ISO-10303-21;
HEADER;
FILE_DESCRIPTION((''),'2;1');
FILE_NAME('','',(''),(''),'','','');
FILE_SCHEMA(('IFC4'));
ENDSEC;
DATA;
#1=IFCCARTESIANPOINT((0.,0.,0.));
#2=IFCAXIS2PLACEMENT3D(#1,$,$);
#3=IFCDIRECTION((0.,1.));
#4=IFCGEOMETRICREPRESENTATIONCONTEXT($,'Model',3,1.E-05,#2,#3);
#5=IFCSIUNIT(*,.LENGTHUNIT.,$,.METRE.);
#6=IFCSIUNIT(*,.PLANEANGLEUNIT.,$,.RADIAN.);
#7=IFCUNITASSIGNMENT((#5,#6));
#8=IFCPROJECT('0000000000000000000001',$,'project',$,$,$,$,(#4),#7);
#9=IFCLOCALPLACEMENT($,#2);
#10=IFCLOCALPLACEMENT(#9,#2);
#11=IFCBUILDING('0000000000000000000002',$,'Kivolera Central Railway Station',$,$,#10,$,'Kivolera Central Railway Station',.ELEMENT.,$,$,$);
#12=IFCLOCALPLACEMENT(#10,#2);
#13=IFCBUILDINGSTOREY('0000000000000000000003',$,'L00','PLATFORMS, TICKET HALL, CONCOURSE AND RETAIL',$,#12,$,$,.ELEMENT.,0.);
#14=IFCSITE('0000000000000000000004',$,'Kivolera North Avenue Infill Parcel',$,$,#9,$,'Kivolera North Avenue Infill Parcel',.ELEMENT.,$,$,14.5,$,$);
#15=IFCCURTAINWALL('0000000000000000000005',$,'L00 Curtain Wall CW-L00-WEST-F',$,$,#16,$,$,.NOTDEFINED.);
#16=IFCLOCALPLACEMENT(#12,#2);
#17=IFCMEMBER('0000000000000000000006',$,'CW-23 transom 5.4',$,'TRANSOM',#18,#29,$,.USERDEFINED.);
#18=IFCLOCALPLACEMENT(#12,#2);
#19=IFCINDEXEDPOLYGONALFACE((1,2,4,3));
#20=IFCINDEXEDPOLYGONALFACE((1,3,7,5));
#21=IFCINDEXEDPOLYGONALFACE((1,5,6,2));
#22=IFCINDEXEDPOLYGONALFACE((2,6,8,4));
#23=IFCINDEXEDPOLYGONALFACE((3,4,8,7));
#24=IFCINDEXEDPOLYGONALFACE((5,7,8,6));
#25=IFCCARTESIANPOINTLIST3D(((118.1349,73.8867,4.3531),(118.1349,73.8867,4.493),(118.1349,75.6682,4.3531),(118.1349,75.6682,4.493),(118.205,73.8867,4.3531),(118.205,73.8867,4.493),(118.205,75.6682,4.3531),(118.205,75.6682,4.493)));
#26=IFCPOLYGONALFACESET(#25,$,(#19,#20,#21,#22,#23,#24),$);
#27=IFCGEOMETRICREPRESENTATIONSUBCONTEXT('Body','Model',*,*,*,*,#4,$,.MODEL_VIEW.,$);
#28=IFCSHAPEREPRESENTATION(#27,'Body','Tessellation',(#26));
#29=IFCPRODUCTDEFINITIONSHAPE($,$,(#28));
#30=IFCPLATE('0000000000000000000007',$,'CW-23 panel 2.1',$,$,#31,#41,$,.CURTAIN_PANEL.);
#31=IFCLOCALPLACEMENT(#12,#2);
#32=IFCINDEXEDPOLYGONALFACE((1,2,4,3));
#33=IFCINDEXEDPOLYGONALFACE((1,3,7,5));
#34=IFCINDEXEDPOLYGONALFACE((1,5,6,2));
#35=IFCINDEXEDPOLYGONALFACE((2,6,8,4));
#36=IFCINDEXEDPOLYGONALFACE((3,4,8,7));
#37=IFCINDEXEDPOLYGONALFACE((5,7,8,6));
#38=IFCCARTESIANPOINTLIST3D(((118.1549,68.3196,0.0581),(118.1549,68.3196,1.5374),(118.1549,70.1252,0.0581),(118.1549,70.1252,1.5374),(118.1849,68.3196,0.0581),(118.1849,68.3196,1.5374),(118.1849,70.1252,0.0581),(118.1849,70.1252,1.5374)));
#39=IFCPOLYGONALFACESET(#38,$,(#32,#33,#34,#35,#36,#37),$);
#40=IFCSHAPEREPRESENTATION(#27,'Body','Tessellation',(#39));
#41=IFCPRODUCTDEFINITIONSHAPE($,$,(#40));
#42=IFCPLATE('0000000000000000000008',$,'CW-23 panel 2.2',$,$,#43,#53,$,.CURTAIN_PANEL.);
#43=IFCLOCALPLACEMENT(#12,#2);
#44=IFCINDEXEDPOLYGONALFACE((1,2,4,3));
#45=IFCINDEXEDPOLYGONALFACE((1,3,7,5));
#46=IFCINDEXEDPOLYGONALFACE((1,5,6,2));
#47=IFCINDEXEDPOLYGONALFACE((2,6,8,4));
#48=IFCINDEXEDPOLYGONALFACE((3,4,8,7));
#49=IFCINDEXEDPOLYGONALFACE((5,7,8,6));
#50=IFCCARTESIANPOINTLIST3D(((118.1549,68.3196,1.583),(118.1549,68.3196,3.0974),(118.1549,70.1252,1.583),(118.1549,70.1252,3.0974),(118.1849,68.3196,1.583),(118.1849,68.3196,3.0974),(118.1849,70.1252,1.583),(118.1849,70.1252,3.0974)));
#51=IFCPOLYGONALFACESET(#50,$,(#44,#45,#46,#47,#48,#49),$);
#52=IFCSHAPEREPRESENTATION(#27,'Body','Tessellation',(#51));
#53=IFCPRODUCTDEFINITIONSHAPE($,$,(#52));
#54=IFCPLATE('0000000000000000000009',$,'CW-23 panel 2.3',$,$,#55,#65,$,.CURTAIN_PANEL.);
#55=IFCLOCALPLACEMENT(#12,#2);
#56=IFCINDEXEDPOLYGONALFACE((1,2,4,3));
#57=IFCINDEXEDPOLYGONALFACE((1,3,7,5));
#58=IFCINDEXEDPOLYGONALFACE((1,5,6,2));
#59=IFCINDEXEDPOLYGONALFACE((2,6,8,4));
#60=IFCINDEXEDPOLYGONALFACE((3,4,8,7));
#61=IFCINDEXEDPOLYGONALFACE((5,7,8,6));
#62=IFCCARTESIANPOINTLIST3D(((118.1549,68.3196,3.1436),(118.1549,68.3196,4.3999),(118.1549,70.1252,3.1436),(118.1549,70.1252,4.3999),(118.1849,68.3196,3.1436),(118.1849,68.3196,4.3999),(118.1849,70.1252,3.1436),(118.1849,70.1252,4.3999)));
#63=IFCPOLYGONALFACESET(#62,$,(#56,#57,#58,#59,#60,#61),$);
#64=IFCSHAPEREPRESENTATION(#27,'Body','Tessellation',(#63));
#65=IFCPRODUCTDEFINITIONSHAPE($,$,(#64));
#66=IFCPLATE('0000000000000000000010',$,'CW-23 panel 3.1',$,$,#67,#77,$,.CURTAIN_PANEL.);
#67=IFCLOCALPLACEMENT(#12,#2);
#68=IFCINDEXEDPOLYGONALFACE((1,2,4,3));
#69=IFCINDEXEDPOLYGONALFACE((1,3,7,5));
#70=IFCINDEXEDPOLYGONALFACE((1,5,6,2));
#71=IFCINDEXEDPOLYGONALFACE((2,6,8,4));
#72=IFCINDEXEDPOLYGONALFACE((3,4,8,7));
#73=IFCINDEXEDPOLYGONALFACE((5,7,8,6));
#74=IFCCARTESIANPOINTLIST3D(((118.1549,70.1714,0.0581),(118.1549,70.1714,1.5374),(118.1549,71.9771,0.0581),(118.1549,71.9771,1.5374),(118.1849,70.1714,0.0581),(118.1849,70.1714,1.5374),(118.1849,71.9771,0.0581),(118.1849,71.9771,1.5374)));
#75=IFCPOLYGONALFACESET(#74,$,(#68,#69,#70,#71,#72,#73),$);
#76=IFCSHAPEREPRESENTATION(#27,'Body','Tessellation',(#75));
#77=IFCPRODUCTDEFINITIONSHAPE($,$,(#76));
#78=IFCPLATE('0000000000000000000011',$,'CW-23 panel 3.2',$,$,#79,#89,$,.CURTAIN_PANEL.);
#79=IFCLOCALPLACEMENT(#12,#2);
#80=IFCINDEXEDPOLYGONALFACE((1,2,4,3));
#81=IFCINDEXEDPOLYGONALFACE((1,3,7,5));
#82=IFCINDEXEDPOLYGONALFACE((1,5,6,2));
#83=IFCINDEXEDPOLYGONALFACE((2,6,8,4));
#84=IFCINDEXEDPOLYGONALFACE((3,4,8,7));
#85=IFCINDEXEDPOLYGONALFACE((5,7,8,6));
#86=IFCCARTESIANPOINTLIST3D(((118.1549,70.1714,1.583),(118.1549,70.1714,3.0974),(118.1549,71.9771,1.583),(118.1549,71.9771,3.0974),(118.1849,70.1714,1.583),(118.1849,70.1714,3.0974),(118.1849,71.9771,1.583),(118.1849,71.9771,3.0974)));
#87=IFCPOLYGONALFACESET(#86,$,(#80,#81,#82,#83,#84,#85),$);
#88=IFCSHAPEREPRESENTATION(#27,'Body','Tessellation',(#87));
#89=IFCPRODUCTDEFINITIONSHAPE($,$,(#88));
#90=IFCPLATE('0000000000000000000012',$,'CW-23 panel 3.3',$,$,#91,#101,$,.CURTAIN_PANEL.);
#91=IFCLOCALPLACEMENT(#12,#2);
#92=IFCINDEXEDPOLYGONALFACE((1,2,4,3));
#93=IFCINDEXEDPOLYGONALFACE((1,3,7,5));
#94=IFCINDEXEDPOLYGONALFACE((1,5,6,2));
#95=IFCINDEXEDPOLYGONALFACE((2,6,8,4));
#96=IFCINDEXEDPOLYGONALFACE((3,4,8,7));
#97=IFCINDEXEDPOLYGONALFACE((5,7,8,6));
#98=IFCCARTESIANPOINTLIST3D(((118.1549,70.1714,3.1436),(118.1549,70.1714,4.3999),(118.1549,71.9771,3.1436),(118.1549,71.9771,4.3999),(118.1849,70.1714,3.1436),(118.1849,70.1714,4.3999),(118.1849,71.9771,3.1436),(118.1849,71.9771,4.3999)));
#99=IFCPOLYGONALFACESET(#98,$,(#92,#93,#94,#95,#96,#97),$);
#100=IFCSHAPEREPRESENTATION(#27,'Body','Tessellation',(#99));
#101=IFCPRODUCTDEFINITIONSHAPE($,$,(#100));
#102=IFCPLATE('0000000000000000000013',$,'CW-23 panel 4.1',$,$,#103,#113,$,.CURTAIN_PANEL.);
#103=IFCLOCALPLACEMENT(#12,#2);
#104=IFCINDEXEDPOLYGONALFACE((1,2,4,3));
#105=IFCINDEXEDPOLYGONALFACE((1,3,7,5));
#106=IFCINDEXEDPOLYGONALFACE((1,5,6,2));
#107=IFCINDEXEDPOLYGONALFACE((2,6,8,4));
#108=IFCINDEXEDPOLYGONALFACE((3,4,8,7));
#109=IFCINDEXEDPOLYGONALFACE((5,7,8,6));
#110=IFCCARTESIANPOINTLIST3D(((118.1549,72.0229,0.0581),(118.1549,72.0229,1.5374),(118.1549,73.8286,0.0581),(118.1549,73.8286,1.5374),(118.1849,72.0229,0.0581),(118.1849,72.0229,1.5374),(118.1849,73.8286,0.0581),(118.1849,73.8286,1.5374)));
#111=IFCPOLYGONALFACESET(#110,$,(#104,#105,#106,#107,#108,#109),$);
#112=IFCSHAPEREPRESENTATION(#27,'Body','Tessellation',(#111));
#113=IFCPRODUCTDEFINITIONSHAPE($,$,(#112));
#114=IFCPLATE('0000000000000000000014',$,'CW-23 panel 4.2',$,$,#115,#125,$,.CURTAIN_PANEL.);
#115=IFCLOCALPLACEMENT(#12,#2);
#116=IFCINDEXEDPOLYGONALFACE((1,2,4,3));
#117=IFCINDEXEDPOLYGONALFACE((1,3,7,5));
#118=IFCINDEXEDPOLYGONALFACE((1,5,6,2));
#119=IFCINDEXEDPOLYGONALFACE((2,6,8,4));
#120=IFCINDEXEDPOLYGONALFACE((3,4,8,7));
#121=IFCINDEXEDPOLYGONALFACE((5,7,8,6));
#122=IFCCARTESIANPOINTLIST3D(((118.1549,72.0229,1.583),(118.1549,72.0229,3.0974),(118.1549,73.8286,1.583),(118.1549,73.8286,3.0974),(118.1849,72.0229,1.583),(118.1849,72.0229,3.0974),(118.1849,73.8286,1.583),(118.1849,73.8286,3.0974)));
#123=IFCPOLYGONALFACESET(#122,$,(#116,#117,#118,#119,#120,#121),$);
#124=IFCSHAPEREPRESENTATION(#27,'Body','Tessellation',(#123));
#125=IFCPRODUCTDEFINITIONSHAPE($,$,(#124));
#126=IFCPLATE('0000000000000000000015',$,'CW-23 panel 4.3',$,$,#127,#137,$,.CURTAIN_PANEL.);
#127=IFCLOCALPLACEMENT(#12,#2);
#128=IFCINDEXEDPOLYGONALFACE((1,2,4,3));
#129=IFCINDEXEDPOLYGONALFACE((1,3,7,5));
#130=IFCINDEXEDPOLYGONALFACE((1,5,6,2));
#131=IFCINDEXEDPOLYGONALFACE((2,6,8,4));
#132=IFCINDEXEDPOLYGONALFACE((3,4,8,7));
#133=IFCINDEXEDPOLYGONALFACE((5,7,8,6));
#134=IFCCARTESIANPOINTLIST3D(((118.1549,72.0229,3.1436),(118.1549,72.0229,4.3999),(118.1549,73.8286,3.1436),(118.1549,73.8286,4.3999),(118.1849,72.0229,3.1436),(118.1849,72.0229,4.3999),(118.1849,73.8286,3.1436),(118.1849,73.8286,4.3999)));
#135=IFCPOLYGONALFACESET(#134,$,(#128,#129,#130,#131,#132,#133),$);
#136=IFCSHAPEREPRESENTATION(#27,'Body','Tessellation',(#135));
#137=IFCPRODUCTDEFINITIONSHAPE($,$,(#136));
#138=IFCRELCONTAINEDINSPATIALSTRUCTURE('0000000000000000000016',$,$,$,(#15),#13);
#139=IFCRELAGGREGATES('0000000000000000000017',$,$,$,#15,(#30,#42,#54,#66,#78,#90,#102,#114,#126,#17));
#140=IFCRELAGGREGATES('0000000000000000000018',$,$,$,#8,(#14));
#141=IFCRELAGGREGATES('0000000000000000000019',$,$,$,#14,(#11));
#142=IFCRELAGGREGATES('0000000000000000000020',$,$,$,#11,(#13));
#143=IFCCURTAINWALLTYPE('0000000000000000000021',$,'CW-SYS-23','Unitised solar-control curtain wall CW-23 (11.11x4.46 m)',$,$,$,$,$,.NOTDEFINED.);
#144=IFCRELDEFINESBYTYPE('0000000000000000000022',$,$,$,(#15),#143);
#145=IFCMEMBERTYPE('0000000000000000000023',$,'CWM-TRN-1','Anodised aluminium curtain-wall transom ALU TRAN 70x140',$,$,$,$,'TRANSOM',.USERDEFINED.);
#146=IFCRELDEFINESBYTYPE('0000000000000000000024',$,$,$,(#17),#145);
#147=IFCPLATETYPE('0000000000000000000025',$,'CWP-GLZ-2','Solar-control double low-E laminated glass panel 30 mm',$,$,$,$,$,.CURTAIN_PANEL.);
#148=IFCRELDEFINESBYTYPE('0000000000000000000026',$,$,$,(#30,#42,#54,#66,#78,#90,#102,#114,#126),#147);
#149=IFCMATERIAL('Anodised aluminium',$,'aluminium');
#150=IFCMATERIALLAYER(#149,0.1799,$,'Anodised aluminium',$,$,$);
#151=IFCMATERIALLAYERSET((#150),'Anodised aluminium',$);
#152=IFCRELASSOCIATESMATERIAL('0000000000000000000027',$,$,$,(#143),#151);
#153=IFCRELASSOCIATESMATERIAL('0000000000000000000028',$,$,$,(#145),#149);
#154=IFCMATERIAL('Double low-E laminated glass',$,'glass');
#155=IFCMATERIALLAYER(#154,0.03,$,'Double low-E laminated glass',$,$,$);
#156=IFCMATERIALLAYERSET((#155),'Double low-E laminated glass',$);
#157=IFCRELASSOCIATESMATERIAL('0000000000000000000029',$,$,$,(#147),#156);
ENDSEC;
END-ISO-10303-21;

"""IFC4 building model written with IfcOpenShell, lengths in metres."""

from ifc_helpers import new_model, si_unit, direction, frame, origin, origin_2d, place, context, subcontext, project, spatial, rectangle, extrude, material, layer, layer_set, material_profile, profile_set, type_object, element, aggregate, save


model = new_model("IFC4")

# Units and contexts
model_context = context("Model", 3, precision=1e-05, world=origin(), true_north=direction((0.0, 1.0)))
body_context = subcontext(model_context, "Body", "Model", "MODEL_VIEW")
ifc_project = project(units=[si_unit("LENGTHUNIT", "METRE"), si_unit("PLANEANGLEUNIT", "RADIAN")], contexts=[model_context])

# Site, building, storey
site_placement = place(None, origin())
site = spatial("IfcSite", under=ifc_project, at=site_placement, Name="Kivolera North Avenue Infill Parcel", LongName="Kivolera North Avenue Infill Parcel", CompositionType="ELEMENT", RefElevation=14.5)
building_placement = place(site_placement, origin())
building = spatial("IfcBuilding", under=site, at=building_placement, Name="Kivolera Central Railway Station", LongName="Kivolera Central Railway Station", CompositionType="ELEMENT")
storey_placement = place(building_placement, origin())
storey = spatial("IfcBuildingStorey", under=building, at=storey_placement, Name="L00", Description="PLATFORMS, TICKET HALL, CONCOURSE AND RETAIL", CompositionType="ELEMENT", Elevation=0.0)

# Curtain wall, member, plates
ifc_material_1 = material(Name="Anodised aluminium", Category="aluminium")
ifc_layer_1 = layer(ifc_material_1, 0.1799, Name="Anodised aluminium")
ifc_layer_set_1 = layer_set([ifc_layer_1], Name="Anodised aluminium")
curtain_wall_type = type_object("IfcCurtainWallType", Name="CW-SYS-23", Description="Unitised solar-control curtain wall CW-23 (11.11x4.46 m)", PredefinedType="NOTDEFINED", material=ifc_layer_set_1)
curtain_wall_placement = place(storey_placement, origin())
curtain_wall = element("IfcCurtainWall", 1, at=curtain_wall_placement, inside=storey, type_object=curtain_wall_type, Name="L00 Curtain Wall CW-L00-WEST-F", PredefinedType="NOTDEFINED")
ifc_material_profile_1 = material_profile(ifc_material_1, rectangle(XDim=0.0701, YDim=0.1399, at=origin_2d()), Name="ALU TRAN 70x140")
ifc_profile_set_1 = profile_set([ifc_material_profile_1], Name="Anodised aluminium")
member_type_1 = type_object("IfcMemberType", Name="CWM-TRN-1", Description="Anodised aluminium curtain-wall transom ALU TRAN 70x140", ElementType="TRANSOM", PredefinedType="USERDEFINED", material=ifc_profile_set_1)
member_1_placement = place(storey_placement, frame((118.1699, 73.8867, 4.4231), z_axis=(0.0, 1.0, 0.0), x_axis=(-1.0, 0.0, 0.0)))
member_1 = element("IfcMember", 2, at=member_1_placement, type_object=member_type_1, Name="CW-23 transom 5.4", ObjectType="TRANSOM", PredefinedType="USERDEFINED", context=body_context, shape_type="SweptSolid", body=[
    extrude(rectangle(XDim=0.0701, YDim=0.1399, at=origin_2d()), origin(), (0.0, 0.0, 1.0), 1.7815),
])
ifc_material_2 = material(Name="Double low-E laminated glass", Category="glass")
ifc_layer_2 = layer(ifc_material_2, 0.03, Name="Double low-E laminated glass")
ifc_layer_set_2 = layer_set([ifc_layer_2], Name="Double low-E laminated glass")
plate_type = type_object("IfcPlateType", Name="CWP-GLZ-2", Description="Solar-control double low-E laminated glass panel 30 mm", PredefinedType="CURTAIN_PANEL", material=ifc_layer_set_2)
plate_1_placement = place(storey_placement, frame((118.1699, 69.2224, 0.0581), z_axis=(0.0, 0.0, 1.0), x_axis=(0.0, 1.0, 0.0)))
plate_1 = element("IfcPlate", 3, at=plate_1_placement, type_object=plate_type, Name="CW-23 panel 2.1", PredefinedType="CURTAIN_PANEL", context=body_context, shape_type="SweptSolid", body=[
    extrude(rectangle(XDim=1.8057, YDim=0.03, at=origin_2d()), origin(), (0.0, 0.0, 1.0), 1.4792),
])
plate_2_placement = place(storey_placement, frame((118.1699, 69.2224, 1.583), z_axis=(0.0, 0.0, 1.0), x_axis=(0.0, 1.0, 0.0)))
plate_2 = element("IfcPlate", 4, at=plate_2_placement, type_object=plate_type, Name="CW-23 panel 2.2", PredefinedType="CURTAIN_PANEL", context=body_context, shape_type="SweptSolid", body=[
    extrude(rectangle(XDim=1.8057, YDim=0.03, at=origin_2d()), origin(), (0.0, 0.0, 1.0), 1.5144),
])
plate_3_placement = place(storey_placement, frame((118.1699, 69.2224, 3.1436), z_axis=(0.0, 0.0, 1.0), x_axis=(0.0, 1.0, 0.0)))
plate_3 = element("IfcPlate", 5, at=plate_3_placement, type_object=plate_type, Name="CW-23 panel 2.3", PredefinedType="CURTAIN_PANEL", context=body_context, shape_type="SweptSolid", body=[
    extrude(rectangle(XDim=1.8057, YDim=0.03, at=origin_2d()), origin(), (0.0, 0.0, 1.0), 1.2563),
])
plate_4_placement = place(storey_placement, frame((118.1699, 71.0742, 0.0581), z_axis=(0.0, 0.0, 1.0), x_axis=(0.0, 1.0, 0.0)))
plate_4 = element("IfcPlate", 6, at=plate_4_placement, type_object=plate_type, Name="CW-23 panel 3.1", PredefinedType="CURTAIN_PANEL", context=body_context, shape_type="SweptSolid", body=[
    extrude(rectangle(XDim=1.8057, YDim=0.03, at=origin_2d()), origin(), (0.0, 0.0, 1.0), 1.4792),
])
plate_5_placement = place(storey_placement, frame((118.1699, 71.0742, 1.583), z_axis=(0.0, 0.0, 1.0), x_axis=(0.0, 1.0, 0.0)))
plate_5 = element("IfcPlate", 7, at=plate_5_placement, type_object=plate_type, Name="CW-23 panel 3.2", PredefinedType="CURTAIN_PANEL", context=body_context, shape_type="SweptSolid", body=[
    extrude(rectangle(XDim=1.8057, YDim=0.03, at=origin_2d()), origin(), (0.0, 0.0, 1.0), 1.5144),
])
plate_6_placement = place(storey_placement, frame((118.1699, 71.0742, 3.1436), z_axis=(0.0, 0.0, 1.0), x_axis=(0.0, 1.0, 0.0)))
plate_6 = element("IfcPlate", 8, at=plate_6_placement, type_object=plate_type, Name="CW-23 panel 3.3", PredefinedType="CURTAIN_PANEL", context=body_context, shape_type="SweptSolid", body=[
    extrude(rectangle(XDim=1.8057, YDim=0.03, at=origin_2d()), origin(), (0.0, 0.0, 1.0), 1.2563),
])
plate_7_placement = place(storey_placement, frame((118.1699, 72.9258, 0.0581), z_axis=(0.0, 0.0, 1.0), x_axis=(0.0, 1.0, 0.0)))
plate_7 = element("IfcPlate", 9, at=plate_7_placement, type_object=plate_type, Name="CW-23 panel 4.1", PredefinedType="CURTAIN_PANEL", context=body_context, shape_type="SweptSolid", body=[
    extrude(rectangle(XDim=1.8057, YDim=0.03, at=origin_2d()), origin(), (0.0, 0.0, 1.0), 1.4792),
])
plate_8_placement = place(storey_placement, frame((118.1699, 72.9258, 1.583), z_axis=(0.0, 0.0, 1.0), x_axis=(0.0, 1.0, 0.0)))
plate_8 = element("IfcPlate", 10, at=plate_8_placement, type_object=plate_type, Name="CW-23 panel 4.2", PredefinedType="CURTAIN_PANEL", context=body_context, shape_type="SweptSolid", body=[
    extrude(rectangle(XDim=1.8057, YDim=0.03, at=origin_2d()), origin(), (0.0, 0.0, 1.0), 1.5144),
])
plate_9_placement = place(storey_placement, frame((118.1699, 72.9258, 3.1436), z_axis=(0.0, 0.0, 1.0), x_axis=(0.0, 1.0, 0.0)))
plate_9 = element("IfcPlate", 11, at=plate_9_placement, type_object=plate_type, Name="CW-23 panel 4.3", PredefinedType="CURTAIN_PANEL", context=body_context, shape_type="SweptSolid", body=[
    extrude(rectangle(XDim=1.8057, YDim=0.03, at=origin_2d()), origin(), (0.0, 0.0, 1.0), 1.2563),
])
aggregate(curtain_wall, [plate_1, plate_2, plate_3, plate_4, plate_5, plate_6, plate_7, plate_8, plate_9, member_1])

save(model, "model.ifc")
